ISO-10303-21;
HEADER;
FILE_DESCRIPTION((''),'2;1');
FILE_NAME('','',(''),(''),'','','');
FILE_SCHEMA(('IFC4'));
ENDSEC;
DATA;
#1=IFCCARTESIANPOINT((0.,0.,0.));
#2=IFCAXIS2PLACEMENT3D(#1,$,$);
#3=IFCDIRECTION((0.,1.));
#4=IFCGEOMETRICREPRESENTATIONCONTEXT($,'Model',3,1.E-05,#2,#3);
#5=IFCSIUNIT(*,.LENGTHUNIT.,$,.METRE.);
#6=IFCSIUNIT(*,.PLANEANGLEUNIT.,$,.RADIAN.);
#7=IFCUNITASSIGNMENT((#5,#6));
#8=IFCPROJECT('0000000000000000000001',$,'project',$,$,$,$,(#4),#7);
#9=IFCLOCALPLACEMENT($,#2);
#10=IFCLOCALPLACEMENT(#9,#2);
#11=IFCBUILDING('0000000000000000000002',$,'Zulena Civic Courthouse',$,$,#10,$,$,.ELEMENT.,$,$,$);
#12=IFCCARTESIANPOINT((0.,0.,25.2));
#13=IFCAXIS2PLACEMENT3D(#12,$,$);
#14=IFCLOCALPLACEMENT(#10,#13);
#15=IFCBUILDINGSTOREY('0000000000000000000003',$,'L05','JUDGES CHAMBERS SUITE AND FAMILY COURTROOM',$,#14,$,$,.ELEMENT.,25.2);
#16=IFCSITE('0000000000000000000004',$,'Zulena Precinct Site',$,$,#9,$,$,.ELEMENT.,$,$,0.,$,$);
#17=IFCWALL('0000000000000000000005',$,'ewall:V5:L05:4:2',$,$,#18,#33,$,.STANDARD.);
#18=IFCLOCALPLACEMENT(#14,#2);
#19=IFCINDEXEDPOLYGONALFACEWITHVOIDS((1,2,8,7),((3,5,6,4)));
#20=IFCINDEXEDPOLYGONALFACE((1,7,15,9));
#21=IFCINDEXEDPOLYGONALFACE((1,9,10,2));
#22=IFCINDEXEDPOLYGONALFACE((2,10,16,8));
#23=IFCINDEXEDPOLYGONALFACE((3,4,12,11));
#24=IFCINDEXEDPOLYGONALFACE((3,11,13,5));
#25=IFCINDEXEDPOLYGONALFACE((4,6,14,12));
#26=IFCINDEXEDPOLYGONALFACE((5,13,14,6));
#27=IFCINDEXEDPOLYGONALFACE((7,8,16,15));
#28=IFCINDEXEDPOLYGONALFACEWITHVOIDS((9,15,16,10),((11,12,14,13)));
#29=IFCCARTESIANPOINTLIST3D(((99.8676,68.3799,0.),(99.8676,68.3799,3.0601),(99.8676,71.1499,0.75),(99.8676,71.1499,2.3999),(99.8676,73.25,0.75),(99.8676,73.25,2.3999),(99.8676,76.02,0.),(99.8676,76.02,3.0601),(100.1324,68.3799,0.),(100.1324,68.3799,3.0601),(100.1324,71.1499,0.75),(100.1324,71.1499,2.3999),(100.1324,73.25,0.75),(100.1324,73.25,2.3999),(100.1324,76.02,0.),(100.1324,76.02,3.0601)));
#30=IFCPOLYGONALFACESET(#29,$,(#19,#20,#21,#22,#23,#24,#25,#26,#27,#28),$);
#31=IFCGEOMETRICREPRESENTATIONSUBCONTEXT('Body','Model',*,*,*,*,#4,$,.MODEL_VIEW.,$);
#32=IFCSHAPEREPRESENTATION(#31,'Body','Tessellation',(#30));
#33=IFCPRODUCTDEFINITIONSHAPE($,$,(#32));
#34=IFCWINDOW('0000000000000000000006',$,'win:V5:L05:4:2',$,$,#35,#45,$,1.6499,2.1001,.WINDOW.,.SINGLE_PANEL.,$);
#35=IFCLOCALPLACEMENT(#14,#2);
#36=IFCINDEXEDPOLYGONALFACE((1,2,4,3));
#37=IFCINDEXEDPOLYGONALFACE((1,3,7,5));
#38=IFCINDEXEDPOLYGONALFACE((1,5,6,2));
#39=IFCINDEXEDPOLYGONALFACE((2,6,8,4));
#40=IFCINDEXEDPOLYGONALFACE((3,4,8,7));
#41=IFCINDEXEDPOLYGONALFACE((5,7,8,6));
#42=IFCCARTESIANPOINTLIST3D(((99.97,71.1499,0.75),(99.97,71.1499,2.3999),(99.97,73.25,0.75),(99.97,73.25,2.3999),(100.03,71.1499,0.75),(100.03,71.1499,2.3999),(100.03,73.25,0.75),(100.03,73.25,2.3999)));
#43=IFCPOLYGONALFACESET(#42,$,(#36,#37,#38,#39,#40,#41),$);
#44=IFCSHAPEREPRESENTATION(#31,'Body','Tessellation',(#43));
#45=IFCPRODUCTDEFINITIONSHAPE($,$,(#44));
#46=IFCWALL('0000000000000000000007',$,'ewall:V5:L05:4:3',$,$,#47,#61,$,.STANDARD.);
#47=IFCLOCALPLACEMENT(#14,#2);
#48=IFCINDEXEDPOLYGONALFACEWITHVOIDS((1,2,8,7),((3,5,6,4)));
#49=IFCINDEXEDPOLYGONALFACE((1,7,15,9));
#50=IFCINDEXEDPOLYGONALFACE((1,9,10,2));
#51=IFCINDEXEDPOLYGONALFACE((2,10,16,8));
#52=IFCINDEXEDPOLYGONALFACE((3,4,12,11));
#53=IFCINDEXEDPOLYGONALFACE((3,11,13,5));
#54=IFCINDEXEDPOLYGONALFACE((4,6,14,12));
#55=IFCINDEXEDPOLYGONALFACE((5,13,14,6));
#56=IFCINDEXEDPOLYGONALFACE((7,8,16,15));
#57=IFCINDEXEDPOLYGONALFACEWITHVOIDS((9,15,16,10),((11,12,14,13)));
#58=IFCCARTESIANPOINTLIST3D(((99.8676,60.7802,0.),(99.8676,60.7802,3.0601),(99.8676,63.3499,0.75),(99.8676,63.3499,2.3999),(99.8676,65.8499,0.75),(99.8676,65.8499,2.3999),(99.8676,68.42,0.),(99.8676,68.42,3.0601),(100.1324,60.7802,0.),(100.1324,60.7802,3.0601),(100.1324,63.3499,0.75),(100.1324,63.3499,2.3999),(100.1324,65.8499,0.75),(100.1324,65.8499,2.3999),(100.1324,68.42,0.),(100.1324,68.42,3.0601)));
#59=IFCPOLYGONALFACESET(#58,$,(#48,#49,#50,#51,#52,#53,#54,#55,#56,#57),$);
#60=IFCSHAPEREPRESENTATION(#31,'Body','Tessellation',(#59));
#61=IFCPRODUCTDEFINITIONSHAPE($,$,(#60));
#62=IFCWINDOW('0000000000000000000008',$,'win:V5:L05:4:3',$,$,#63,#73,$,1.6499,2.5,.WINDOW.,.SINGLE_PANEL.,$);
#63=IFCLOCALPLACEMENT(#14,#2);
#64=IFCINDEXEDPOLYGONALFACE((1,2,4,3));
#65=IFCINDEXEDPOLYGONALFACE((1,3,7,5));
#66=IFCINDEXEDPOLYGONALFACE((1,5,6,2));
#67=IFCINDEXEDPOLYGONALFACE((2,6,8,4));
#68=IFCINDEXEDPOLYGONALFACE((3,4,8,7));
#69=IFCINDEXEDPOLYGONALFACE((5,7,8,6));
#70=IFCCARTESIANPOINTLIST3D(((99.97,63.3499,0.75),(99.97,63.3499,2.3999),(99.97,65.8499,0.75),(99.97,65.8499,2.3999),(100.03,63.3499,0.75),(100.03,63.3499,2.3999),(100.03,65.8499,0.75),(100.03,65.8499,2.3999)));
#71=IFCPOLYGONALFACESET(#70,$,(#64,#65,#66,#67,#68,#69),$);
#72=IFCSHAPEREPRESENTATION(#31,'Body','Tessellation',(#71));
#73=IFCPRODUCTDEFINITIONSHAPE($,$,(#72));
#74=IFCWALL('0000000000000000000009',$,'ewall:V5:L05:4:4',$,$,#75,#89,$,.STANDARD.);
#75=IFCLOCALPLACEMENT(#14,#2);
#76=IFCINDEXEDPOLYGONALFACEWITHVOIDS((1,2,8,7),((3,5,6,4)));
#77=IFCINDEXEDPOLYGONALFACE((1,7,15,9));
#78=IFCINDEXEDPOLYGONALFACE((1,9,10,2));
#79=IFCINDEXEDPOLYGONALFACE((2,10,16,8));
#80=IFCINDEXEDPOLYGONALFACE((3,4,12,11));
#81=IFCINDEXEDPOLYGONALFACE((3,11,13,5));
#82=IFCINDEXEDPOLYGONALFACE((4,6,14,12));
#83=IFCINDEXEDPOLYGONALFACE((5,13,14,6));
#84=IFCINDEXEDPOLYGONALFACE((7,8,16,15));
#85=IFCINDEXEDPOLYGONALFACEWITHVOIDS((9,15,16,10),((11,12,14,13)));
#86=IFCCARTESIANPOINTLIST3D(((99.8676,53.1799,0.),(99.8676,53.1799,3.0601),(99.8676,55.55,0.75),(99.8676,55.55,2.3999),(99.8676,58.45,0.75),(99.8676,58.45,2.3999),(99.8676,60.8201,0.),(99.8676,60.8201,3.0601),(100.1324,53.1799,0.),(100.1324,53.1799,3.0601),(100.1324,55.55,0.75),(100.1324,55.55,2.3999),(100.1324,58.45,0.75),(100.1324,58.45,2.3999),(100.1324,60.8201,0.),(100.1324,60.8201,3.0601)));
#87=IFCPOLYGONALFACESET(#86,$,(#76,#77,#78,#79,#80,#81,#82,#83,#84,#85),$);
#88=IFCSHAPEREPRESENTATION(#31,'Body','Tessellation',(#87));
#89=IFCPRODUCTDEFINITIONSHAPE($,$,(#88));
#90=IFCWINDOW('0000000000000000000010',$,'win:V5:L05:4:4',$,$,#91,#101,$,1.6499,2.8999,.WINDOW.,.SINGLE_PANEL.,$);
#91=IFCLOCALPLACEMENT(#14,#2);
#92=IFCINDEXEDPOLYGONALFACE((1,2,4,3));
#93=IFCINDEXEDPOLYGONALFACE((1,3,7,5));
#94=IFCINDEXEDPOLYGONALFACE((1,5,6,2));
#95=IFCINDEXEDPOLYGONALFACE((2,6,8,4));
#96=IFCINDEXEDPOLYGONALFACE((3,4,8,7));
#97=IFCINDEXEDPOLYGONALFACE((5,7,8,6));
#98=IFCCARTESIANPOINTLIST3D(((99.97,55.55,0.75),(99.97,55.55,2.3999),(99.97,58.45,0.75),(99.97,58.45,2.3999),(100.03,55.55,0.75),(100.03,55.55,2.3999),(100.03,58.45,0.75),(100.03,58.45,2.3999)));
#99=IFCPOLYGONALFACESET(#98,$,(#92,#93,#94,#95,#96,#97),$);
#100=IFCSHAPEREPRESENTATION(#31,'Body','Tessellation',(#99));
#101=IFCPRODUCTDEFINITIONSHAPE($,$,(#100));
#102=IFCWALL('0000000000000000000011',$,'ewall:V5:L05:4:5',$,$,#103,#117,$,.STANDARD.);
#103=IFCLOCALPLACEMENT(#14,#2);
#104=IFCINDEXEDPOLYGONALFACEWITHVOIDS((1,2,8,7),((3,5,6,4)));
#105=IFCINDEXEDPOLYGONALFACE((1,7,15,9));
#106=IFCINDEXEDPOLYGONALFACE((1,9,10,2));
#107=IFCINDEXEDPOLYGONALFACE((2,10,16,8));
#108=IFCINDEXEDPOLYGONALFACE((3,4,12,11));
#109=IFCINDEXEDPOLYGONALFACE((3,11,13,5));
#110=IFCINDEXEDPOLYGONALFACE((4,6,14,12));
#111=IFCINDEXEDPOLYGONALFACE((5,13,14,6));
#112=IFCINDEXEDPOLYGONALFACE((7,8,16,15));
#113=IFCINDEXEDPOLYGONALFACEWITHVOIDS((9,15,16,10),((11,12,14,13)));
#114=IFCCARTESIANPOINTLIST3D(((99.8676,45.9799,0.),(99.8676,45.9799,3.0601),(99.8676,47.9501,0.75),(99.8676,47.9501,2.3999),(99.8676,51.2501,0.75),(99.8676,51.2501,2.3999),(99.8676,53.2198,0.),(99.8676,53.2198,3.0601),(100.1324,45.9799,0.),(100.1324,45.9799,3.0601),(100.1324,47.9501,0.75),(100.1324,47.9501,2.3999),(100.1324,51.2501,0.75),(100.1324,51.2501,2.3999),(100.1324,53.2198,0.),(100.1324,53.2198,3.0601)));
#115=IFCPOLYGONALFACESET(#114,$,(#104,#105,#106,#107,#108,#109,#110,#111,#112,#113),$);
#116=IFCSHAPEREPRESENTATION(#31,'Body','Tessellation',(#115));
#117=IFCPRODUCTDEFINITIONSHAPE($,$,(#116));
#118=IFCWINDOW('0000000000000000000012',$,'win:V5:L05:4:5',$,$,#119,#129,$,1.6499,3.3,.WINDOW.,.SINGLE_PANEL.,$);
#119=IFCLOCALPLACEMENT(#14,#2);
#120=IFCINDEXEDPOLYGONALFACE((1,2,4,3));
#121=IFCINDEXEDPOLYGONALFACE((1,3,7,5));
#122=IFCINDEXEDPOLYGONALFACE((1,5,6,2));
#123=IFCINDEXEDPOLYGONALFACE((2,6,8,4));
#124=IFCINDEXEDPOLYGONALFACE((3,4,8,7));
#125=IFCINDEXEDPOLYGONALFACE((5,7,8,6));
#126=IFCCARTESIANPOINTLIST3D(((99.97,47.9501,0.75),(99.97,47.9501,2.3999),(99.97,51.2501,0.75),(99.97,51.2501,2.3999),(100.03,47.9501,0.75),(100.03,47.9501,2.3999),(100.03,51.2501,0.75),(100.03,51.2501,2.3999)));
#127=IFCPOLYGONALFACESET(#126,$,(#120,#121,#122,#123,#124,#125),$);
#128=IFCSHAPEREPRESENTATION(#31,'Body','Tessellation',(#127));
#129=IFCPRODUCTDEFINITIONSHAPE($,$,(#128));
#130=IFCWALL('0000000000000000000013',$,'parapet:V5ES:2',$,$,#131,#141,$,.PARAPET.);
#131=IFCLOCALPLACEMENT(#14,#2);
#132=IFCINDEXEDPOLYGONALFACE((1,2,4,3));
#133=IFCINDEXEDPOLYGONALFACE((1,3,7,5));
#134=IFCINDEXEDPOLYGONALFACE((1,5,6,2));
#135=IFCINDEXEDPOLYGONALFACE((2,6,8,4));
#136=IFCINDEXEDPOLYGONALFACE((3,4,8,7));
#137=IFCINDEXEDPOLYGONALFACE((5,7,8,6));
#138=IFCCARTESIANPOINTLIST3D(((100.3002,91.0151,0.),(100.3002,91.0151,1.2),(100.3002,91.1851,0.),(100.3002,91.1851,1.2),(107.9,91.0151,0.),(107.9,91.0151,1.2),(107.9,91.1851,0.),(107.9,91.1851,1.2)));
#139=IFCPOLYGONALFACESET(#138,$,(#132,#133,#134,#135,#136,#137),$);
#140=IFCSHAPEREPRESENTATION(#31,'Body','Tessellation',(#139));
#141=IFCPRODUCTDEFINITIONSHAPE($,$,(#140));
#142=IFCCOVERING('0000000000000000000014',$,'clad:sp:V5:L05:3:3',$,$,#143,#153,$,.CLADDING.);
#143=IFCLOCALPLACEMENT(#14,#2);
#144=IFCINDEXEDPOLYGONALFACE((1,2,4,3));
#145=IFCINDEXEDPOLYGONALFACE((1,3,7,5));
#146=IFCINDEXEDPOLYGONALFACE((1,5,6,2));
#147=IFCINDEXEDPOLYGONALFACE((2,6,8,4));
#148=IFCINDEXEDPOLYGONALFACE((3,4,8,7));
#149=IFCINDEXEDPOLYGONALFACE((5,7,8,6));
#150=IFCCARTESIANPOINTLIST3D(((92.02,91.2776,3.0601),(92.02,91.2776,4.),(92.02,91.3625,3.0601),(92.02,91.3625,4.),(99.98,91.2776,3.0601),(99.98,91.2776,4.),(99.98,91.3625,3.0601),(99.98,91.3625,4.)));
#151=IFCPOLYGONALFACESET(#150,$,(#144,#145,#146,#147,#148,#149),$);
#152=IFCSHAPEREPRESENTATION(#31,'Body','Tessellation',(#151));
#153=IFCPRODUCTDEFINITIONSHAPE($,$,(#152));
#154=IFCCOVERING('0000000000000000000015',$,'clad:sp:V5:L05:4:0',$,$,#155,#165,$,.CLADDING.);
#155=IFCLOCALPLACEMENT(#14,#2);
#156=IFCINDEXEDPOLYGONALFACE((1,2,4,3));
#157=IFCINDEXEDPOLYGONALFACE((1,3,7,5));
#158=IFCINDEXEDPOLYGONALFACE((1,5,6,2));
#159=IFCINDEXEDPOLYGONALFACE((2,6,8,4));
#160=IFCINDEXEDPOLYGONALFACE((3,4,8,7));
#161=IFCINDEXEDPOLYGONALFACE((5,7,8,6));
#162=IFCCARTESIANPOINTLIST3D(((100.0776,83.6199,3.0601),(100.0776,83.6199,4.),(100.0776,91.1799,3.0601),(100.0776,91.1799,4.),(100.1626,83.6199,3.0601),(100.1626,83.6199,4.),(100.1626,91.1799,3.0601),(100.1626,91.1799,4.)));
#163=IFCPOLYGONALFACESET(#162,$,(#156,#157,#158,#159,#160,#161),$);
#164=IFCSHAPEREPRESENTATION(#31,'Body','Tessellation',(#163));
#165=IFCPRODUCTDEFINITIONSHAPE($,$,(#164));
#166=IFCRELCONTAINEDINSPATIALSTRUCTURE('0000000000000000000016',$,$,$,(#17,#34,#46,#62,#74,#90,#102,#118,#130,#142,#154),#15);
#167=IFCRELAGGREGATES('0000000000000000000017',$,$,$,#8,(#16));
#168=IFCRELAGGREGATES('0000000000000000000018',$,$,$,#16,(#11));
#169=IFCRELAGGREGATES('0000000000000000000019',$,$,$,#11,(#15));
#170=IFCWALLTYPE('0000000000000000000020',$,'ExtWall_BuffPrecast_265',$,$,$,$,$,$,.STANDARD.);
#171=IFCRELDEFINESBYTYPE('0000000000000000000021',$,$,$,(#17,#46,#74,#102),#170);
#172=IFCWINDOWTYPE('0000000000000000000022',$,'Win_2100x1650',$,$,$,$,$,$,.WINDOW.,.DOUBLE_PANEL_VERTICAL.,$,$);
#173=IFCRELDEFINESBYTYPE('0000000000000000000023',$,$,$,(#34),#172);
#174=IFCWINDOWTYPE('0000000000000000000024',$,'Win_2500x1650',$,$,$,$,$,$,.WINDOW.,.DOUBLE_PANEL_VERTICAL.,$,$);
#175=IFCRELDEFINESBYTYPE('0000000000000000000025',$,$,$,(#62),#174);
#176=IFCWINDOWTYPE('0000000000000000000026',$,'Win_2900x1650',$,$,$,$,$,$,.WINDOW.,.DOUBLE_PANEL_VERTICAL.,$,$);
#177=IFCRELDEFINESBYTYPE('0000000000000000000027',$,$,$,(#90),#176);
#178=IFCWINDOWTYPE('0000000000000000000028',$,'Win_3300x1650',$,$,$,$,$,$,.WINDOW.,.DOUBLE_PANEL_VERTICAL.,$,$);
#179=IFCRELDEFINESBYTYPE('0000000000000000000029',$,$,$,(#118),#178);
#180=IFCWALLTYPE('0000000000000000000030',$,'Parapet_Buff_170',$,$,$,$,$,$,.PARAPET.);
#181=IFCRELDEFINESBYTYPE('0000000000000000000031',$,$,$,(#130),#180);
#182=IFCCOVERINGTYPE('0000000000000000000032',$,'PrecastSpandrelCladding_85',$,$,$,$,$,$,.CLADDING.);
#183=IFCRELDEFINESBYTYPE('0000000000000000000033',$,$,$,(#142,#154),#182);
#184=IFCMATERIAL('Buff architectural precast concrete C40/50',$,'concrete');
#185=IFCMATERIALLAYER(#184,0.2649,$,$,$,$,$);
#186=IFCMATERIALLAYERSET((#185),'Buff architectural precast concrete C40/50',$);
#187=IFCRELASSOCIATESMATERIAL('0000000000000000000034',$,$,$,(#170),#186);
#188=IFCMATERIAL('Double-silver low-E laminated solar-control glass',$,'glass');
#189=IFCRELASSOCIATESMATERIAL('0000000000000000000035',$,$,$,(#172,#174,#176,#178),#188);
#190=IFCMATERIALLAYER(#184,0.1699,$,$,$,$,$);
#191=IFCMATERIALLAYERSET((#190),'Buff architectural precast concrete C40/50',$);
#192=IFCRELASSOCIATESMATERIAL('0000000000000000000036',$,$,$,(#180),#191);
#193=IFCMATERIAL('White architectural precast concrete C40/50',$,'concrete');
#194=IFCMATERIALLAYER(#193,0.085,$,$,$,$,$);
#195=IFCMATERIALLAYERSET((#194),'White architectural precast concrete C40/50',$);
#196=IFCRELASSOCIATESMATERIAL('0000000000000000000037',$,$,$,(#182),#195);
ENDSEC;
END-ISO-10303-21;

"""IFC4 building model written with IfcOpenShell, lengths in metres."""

from ifc_helpers import new_model, si_unit, direction, frame, frame_2d, origin, origin_2d, place, context, subcontext, project, spatial, rectangle, extrude, material, layer, layer_set, type_object, element, fill, save


model = new_model("IFC4")

# Units and contexts
model_context = context("Model", 3, precision=1e-05, world=origin(), true_north=direction((0.0, 1.0)))
body_context = subcontext(model_context, "Body", "Model", "MODEL_VIEW")
ifc_project = project(units=[si_unit("LENGTHUNIT", "METRE"), si_unit("PLANEANGLEUNIT", "RADIAN")], contexts=[model_context])

# Site, building, storey
site_placement = place(None, origin())
site = spatial("IfcSite", under=ifc_project, at=site_placement, Name="Zulena Precinct Site", CompositionType="ELEMENT", RefElevation=0.0)
building_placement = place(site_placement, origin())
building = spatial("IfcBuilding", under=site, at=building_placement, Name="Zulena Civic Courthouse", CompositionType="ELEMENT")
storey_placement = place(building_placement, frame((0.0, 0.0, 25.2)))
storey = spatial("IfcBuildingStorey", under=building, at=storey_placement, Name="L05", Description="JUDGES CHAMBERS SUITE AND FAMILY COURTROOM", CompositionType="ELEMENT", Elevation=25.2)

# Walls, openings, windows
ifc_material_1 = material(Name="Buff architectural precast concrete C40/50", Category="concrete")
ifc_layer_1 = layer(ifc_material_1, 0.2649)
ifc_layer_set_1 = layer_set([ifc_layer_1], Name="Buff architectural precast concrete C40/50")
wall_type_1 = type_object("IfcWallType", Name="ExtWall_BuffPrecast_265", PredefinedType="STANDARD", material=ifc_layer_set_1)
ifc_material_2 = material(Name="Double-silver low-E laminated solar-control glass", Category="glass")
wall_1_placement = place(storey_placement, frame((100.0, 76.02, 0.0), z_axis=(0.0, 0.0, 1.0), x_axis=(0.0, -1.0, 0.0)))
wall_1 = element("IfcWall", 1, at=wall_1_placement, inside=storey, type_object=wall_type_1, Name="ewall:V5:L05:4:2", PredefinedType="STANDARD", context=body_context, shape_type="SweptSolid", body=[
    extrude(rectangle(XDim=7.6401, YDim=0.2649, at=frame_2d((3.8201, 0.0))), origin(), (0.0, 0.0, 1.0), 3.0601),
])
opening_1_placement = place(wall_1_placement, frame((2.77, 0.0, 0.75)))
opening_1 = element("IfcOpeningElement", 2, at=opening_1_placement, cuts=wall_1, PredefinedType="OPENING", context=body_context, shape_type="SweptSolid", body=[
    extrude(rectangle(XDim=2.1001, YDim=1.6499, at=frame_2d((1.05, 0.825))), frame((0.0, 0.1423, 0.0), z_axis=(0.0, -1.0, 0.0), x_axis=(1.0, 0.0, 0.0)), (0.0, 0.0, 1.0), 0.2849),
])
window_type_1 = type_object("IfcWindowType", Name="Win_2100x1650", PartitioningType="DOUBLE_PANEL_VERTICAL", PredefinedType="WINDOW", material=ifc_material_2)
window_1_placement = place(opening_1_placement, origin())
window_1 = element("IfcWindow", 3, at=window_1_placement, inside=storey, type_object=window_type_1, Name="win:V5:L05:4:2", OverallHeight=1.6499, OverallWidth=2.1001, PartitioningType="SINGLE_PANEL", PredefinedType="WINDOW", context=body_context, shape_type="SweptSolid", body=[
    extrude(rectangle(XDim=2.1001, YDim=1.6499, at=frame_2d((1.05, 0.825))), frame((0.0, 0.03, 0.0), z_axis=(0.0, -1.0, 0.0), x_axis=(1.0, 0.0, 0.0)), (0.0, 0.0, 1.0), 0.0601),
])
fill(opening_1, window_1)
wall_2_placement = place(storey_placement, frame((100.0, 68.4199, 0.0), z_axis=(0.0, 0.0, 1.0), x_axis=(0.0, -1.0, 0.0)))
wall_2 = element("IfcWall", 4, at=wall_2_placement, inside=storey, type_object=wall_type_1, Name="ewall:V5:L05:4:3", PredefinedType="STANDARD", context=body_context, shape_type="SweptSolid", body=[
    extrude(rectangle(XDim=7.6399, YDim=0.2649, at=frame_2d((3.8198, 0.0))), origin(), (0.0, 0.0, 1.0), 3.0601),
])
opening_2_placement = place(wall_2_placement, frame((2.5701, 0.0, 0.75)))
opening_2 = element("IfcOpeningElement", 5, at=opening_2_placement, cuts=wall_2, PredefinedType="OPENING", context=body_context, shape_type="SweptSolid", body=[
    extrude(rectangle(XDim=2.5, YDim=1.6499, at=frame_2d((1.25, 0.825))), frame((0.0, 0.1423, 0.0), z_axis=(0.0, -1.0, 0.0), x_axis=(1.0, 0.0, 0.0)), (0.0, 0.0, 1.0), 0.2849),
])
window_type_2 = type_object("IfcWindowType", Name="Win_2500x1650", PartitioningType="DOUBLE_PANEL_VERTICAL", PredefinedType="WINDOW", material=ifc_material_2)
window_2_placement = place(opening_2_placement, origin())
window_2 = element("IfcWindow", 6, at=window_2_placement, inside=storey, type_object=window_type_2, Name="win:V5:L05:4:3", OverallHeight=1.6499, OverallWidth=2.5, PartitioningType="SINGLE_PANEL", PredefinedType="WINDOW", context=body_context, shape_type="SweptSolid", body=[
    extrude(rectangle(XDim=2.5, YDim=1.6499, at=frame_2d((1.25, 0.825))), frame((0.0, 0.03, 0.0), z_axis=(0.0, -1.0, 0.0), x_axis=(1.0, 0.0, 0.0)), (0.0, 0.0, 1.0), 0.0601),
])
fill(opening_2, window_2)
wall_3_placement = place(storey_placement, frame((100.0, 60.8201, 0.0), z_axis=(0.0, 0.0, 1.0), x_axis=(0.0, -1.0, 0.0)))
wall_3 = element("IfcWall", 7, at=wall_3_placement, inside=storey, type_object=wall_type_1, Name="ewall:V5:L05:4:4", PredefinedType="STANDARD", context=body_context, shape_type="SweptSolid", body=[
    extrude(rectangle(XDim=7.6401, YDim=0.2649, at=frame_2d((3.8201, 0.0))), origin(), (0.0, 0.0, 1.0), 3.0601),
])
opening_3_placement = place(wall_3_placement, frame((2.3701, 0.0, 0.75)))
opening_3 = element("IfcOpeningElement", 8, at=opening_3_placement, cuts=wall_3, PredefinedType="OPENING", context=body_context, shape_type="SweptSolid", body=[
    extrude(rectangle(XDim=2.8999, YDim=1.6499, at=frame_2d((1.45, 0.825))), frame((0.0, 0.1423, 0.0), z_axis=(0.0, -1.0, 0.0), x_axis=(1.0, 0.0, 0.0)), (0.0, 0.0, 1.0), 0.2849),
])
window_type_3 = type_object("IfcWindowType", Name="Win_2900x1650", PartitioningType="DOUBLE_PANEL_VERTICAL", PredefinedType="WINDOW", material=ifc_material_2)
window_3_placement = place(opening_3_placement, origin())
window_3 = element("IfcWindow", 9, at=window_3_placement, inside=storey, type_object=window_type_3, Name="win:V5:L05:4:4", OverallHeight=1.6499, OverallWidth=2.8999, PartitioningType="SINGLE_PANEL", PredefinedType="WINDOW", context=body_context, shape_type="SweptSolid", body=[
    extrude(rectangle(XDim=2.8999, YDim=1.6499, at=frame_2d((1.45, 0.825))), frame((0.0, 0.03, 0.0), z_axis=(0.0, -1.0, 0.0), x_axis=(1.0, 0.0, 0.0)), (0.0, 0.0, 1.0), 0.0601),
])
fill(opening_3, window_3)
wall_4_placement = place(storey_placement, frame((100.0, 53.22, 0.0), z_axis=(0.0, 0.0, 1.0), x_axis=(0.0, -1.0, 0.0)))
wall_4 = element("IfcWall", 10, at=wall_4_placement, inside=storey, type_object=wall_type_1, Name="ewall:V5:L05:4:5", PredefinedType="STANDARD", context=body_context, shape_type="SweptSolid", body=[
    extrude(rectangle(XDim=7.24, YDim=0.2649, at=frame_2d((3.6201, 0.0))), origin(), (0.0, 0.0, 1.0), 3.0601),
])
opening_4_placement = place(wall_4_placement, frame((1.97, 0.0, 0.75)))
opening_4 = element("IfcOpeningElement", 11, at=opening_4_placement, cuts=wall_4, PredefinedType="OPENING", context=body_context, shape_type="SweptSolid", body=[
    extrude(rectangle(XDim=3.3, YDim=1.6499, at=frame_2d((1.6499, 0.825))), frame((0.0, 0.1423, 0.0), z_axis=(0.0, -1.0, 0.0), x_axis=(1.0, 0.0, 0.0)), (0.0, 0.0, 1.0), 0.2849),
])
window_type_4 = type_object("IfcWindowType", Name="Win_3300x1650", PartitioningType="DOUBLE_PANEL_VERTICAL", PredefinedType="WINDOW", material=ifc_material_2)
window_4_placement = place(opening_4_placement, origin())
window_4 = element("IfcWindow", 12, at=window_4_placement, inside=storey, type_object=window_type_4, Name="win:V5:L05:4:5", OverallHeight=1.6499, OverallWidth=3.3, PartitioningType="SINGLE_PANEL", PredefinedType="WINDOW", context=body_context, shape_type="SweptSolid", body=[
    extrude(rectangle(XDim=3.3, YDim=1.6499, at=frame_2d((1.6499, 0.825))), frame((0.0, 0.03, 0.0), z_axis=(0.0, -1.0, 0.0), x_axis=(1.0, 0.0, 0.0)), (0.0, 0.0, 1.0), 0.0601),
])
fill(opening_4, window_4)

# Wall
ifc_layer_2 = layer(ifc_material_1, 0.1699)
ifc_layer_set_2 = layer_set([ifc_layer_2], Name="Buff architectural precast concrete C40/50")
wall_type_2 = type_object("IfcWallType", Name="Parapet_Buff_170", PredefinedType="PARAPET", material=ifc_layer_set_2)
wall_5_placement = place(storey_placement, frame((107.8999, 91.1001, 0.0), z_axis=(0.0, 0.0, 1.0), x_axis=(-1.0, 0.0, 0.0)))
element("IfcWall", 13, at=wall_5_placement, inside=storey, type_object=wall_type_2, Name="parapet:V5ES:2", PredefinedType="PARAPET", context=body_context, shape_type="SweptSolid", body=[
    extrude(rectangle(XDim=7.5999, YDim=0.1699, at=frame_2d((3.7998, 0.0))), origin(), (0.0, 0.0, 1.0), 1.2),
])

# Coverings
ifc_material_3 = material(Name="White architectural precast concrete C40/50", Category="concrete")
ifc_layer_3 = layer(ifc_material_3, 0.085)
ifc_layer_set_3 = layer_set([ifc_layer_3], Name="White architectural precast concrete C40/50")
covering_type = type_object("IfcCoveringType", Name="PrecastSpandrelCladding_85", PredefinedType="CLADDING", material=ifc_layer_set_3)
covering_placement = place(storey_placement, frame((96.0, 91.3201, 3.0601), z_axis=(0.0, 0.0, 1.0), x_axis=(1.0, 0.0, 0.0)))
element("IfcCovering", 14, at=covering_placement, inside=storey, type_object=covering_type, Name="clad:sp:V5:L05:3:3", PredefinedType="CLADDING", context=body_context, shape_type="SweptSolid", body=[
    extrude(rectangle(XDim=7.96, YDim=0.085, at=origin_2d()), origin(), (0.0, 0.0, 1.0), 0.9399),
])
for number, where, z_axis, x_axis, name in (
    (15, (100.1201, 87.3999, 3.0601), (0.0, 0.0, 1.0), (0.0, -1.0, 0.0), "clad:sp:V5:L05:4:0"),
):
    element("IfcCovering", number, at=place(storey_placement, frame(where, z_axis=z_axis, x_axis=x_axis)), inside=storey, type_object=covering_type, Name=name, PredefinedType="CLADDING", context=body_context, shape_type="SweptSolid", body=[
        extrude(rectangle(XDim=7.5601, YDim=0.085, at=origin_2d()), origin(), (0.0, 0.0, 1.0), 0.9399),
    ])

save(model, "model.ifc")
